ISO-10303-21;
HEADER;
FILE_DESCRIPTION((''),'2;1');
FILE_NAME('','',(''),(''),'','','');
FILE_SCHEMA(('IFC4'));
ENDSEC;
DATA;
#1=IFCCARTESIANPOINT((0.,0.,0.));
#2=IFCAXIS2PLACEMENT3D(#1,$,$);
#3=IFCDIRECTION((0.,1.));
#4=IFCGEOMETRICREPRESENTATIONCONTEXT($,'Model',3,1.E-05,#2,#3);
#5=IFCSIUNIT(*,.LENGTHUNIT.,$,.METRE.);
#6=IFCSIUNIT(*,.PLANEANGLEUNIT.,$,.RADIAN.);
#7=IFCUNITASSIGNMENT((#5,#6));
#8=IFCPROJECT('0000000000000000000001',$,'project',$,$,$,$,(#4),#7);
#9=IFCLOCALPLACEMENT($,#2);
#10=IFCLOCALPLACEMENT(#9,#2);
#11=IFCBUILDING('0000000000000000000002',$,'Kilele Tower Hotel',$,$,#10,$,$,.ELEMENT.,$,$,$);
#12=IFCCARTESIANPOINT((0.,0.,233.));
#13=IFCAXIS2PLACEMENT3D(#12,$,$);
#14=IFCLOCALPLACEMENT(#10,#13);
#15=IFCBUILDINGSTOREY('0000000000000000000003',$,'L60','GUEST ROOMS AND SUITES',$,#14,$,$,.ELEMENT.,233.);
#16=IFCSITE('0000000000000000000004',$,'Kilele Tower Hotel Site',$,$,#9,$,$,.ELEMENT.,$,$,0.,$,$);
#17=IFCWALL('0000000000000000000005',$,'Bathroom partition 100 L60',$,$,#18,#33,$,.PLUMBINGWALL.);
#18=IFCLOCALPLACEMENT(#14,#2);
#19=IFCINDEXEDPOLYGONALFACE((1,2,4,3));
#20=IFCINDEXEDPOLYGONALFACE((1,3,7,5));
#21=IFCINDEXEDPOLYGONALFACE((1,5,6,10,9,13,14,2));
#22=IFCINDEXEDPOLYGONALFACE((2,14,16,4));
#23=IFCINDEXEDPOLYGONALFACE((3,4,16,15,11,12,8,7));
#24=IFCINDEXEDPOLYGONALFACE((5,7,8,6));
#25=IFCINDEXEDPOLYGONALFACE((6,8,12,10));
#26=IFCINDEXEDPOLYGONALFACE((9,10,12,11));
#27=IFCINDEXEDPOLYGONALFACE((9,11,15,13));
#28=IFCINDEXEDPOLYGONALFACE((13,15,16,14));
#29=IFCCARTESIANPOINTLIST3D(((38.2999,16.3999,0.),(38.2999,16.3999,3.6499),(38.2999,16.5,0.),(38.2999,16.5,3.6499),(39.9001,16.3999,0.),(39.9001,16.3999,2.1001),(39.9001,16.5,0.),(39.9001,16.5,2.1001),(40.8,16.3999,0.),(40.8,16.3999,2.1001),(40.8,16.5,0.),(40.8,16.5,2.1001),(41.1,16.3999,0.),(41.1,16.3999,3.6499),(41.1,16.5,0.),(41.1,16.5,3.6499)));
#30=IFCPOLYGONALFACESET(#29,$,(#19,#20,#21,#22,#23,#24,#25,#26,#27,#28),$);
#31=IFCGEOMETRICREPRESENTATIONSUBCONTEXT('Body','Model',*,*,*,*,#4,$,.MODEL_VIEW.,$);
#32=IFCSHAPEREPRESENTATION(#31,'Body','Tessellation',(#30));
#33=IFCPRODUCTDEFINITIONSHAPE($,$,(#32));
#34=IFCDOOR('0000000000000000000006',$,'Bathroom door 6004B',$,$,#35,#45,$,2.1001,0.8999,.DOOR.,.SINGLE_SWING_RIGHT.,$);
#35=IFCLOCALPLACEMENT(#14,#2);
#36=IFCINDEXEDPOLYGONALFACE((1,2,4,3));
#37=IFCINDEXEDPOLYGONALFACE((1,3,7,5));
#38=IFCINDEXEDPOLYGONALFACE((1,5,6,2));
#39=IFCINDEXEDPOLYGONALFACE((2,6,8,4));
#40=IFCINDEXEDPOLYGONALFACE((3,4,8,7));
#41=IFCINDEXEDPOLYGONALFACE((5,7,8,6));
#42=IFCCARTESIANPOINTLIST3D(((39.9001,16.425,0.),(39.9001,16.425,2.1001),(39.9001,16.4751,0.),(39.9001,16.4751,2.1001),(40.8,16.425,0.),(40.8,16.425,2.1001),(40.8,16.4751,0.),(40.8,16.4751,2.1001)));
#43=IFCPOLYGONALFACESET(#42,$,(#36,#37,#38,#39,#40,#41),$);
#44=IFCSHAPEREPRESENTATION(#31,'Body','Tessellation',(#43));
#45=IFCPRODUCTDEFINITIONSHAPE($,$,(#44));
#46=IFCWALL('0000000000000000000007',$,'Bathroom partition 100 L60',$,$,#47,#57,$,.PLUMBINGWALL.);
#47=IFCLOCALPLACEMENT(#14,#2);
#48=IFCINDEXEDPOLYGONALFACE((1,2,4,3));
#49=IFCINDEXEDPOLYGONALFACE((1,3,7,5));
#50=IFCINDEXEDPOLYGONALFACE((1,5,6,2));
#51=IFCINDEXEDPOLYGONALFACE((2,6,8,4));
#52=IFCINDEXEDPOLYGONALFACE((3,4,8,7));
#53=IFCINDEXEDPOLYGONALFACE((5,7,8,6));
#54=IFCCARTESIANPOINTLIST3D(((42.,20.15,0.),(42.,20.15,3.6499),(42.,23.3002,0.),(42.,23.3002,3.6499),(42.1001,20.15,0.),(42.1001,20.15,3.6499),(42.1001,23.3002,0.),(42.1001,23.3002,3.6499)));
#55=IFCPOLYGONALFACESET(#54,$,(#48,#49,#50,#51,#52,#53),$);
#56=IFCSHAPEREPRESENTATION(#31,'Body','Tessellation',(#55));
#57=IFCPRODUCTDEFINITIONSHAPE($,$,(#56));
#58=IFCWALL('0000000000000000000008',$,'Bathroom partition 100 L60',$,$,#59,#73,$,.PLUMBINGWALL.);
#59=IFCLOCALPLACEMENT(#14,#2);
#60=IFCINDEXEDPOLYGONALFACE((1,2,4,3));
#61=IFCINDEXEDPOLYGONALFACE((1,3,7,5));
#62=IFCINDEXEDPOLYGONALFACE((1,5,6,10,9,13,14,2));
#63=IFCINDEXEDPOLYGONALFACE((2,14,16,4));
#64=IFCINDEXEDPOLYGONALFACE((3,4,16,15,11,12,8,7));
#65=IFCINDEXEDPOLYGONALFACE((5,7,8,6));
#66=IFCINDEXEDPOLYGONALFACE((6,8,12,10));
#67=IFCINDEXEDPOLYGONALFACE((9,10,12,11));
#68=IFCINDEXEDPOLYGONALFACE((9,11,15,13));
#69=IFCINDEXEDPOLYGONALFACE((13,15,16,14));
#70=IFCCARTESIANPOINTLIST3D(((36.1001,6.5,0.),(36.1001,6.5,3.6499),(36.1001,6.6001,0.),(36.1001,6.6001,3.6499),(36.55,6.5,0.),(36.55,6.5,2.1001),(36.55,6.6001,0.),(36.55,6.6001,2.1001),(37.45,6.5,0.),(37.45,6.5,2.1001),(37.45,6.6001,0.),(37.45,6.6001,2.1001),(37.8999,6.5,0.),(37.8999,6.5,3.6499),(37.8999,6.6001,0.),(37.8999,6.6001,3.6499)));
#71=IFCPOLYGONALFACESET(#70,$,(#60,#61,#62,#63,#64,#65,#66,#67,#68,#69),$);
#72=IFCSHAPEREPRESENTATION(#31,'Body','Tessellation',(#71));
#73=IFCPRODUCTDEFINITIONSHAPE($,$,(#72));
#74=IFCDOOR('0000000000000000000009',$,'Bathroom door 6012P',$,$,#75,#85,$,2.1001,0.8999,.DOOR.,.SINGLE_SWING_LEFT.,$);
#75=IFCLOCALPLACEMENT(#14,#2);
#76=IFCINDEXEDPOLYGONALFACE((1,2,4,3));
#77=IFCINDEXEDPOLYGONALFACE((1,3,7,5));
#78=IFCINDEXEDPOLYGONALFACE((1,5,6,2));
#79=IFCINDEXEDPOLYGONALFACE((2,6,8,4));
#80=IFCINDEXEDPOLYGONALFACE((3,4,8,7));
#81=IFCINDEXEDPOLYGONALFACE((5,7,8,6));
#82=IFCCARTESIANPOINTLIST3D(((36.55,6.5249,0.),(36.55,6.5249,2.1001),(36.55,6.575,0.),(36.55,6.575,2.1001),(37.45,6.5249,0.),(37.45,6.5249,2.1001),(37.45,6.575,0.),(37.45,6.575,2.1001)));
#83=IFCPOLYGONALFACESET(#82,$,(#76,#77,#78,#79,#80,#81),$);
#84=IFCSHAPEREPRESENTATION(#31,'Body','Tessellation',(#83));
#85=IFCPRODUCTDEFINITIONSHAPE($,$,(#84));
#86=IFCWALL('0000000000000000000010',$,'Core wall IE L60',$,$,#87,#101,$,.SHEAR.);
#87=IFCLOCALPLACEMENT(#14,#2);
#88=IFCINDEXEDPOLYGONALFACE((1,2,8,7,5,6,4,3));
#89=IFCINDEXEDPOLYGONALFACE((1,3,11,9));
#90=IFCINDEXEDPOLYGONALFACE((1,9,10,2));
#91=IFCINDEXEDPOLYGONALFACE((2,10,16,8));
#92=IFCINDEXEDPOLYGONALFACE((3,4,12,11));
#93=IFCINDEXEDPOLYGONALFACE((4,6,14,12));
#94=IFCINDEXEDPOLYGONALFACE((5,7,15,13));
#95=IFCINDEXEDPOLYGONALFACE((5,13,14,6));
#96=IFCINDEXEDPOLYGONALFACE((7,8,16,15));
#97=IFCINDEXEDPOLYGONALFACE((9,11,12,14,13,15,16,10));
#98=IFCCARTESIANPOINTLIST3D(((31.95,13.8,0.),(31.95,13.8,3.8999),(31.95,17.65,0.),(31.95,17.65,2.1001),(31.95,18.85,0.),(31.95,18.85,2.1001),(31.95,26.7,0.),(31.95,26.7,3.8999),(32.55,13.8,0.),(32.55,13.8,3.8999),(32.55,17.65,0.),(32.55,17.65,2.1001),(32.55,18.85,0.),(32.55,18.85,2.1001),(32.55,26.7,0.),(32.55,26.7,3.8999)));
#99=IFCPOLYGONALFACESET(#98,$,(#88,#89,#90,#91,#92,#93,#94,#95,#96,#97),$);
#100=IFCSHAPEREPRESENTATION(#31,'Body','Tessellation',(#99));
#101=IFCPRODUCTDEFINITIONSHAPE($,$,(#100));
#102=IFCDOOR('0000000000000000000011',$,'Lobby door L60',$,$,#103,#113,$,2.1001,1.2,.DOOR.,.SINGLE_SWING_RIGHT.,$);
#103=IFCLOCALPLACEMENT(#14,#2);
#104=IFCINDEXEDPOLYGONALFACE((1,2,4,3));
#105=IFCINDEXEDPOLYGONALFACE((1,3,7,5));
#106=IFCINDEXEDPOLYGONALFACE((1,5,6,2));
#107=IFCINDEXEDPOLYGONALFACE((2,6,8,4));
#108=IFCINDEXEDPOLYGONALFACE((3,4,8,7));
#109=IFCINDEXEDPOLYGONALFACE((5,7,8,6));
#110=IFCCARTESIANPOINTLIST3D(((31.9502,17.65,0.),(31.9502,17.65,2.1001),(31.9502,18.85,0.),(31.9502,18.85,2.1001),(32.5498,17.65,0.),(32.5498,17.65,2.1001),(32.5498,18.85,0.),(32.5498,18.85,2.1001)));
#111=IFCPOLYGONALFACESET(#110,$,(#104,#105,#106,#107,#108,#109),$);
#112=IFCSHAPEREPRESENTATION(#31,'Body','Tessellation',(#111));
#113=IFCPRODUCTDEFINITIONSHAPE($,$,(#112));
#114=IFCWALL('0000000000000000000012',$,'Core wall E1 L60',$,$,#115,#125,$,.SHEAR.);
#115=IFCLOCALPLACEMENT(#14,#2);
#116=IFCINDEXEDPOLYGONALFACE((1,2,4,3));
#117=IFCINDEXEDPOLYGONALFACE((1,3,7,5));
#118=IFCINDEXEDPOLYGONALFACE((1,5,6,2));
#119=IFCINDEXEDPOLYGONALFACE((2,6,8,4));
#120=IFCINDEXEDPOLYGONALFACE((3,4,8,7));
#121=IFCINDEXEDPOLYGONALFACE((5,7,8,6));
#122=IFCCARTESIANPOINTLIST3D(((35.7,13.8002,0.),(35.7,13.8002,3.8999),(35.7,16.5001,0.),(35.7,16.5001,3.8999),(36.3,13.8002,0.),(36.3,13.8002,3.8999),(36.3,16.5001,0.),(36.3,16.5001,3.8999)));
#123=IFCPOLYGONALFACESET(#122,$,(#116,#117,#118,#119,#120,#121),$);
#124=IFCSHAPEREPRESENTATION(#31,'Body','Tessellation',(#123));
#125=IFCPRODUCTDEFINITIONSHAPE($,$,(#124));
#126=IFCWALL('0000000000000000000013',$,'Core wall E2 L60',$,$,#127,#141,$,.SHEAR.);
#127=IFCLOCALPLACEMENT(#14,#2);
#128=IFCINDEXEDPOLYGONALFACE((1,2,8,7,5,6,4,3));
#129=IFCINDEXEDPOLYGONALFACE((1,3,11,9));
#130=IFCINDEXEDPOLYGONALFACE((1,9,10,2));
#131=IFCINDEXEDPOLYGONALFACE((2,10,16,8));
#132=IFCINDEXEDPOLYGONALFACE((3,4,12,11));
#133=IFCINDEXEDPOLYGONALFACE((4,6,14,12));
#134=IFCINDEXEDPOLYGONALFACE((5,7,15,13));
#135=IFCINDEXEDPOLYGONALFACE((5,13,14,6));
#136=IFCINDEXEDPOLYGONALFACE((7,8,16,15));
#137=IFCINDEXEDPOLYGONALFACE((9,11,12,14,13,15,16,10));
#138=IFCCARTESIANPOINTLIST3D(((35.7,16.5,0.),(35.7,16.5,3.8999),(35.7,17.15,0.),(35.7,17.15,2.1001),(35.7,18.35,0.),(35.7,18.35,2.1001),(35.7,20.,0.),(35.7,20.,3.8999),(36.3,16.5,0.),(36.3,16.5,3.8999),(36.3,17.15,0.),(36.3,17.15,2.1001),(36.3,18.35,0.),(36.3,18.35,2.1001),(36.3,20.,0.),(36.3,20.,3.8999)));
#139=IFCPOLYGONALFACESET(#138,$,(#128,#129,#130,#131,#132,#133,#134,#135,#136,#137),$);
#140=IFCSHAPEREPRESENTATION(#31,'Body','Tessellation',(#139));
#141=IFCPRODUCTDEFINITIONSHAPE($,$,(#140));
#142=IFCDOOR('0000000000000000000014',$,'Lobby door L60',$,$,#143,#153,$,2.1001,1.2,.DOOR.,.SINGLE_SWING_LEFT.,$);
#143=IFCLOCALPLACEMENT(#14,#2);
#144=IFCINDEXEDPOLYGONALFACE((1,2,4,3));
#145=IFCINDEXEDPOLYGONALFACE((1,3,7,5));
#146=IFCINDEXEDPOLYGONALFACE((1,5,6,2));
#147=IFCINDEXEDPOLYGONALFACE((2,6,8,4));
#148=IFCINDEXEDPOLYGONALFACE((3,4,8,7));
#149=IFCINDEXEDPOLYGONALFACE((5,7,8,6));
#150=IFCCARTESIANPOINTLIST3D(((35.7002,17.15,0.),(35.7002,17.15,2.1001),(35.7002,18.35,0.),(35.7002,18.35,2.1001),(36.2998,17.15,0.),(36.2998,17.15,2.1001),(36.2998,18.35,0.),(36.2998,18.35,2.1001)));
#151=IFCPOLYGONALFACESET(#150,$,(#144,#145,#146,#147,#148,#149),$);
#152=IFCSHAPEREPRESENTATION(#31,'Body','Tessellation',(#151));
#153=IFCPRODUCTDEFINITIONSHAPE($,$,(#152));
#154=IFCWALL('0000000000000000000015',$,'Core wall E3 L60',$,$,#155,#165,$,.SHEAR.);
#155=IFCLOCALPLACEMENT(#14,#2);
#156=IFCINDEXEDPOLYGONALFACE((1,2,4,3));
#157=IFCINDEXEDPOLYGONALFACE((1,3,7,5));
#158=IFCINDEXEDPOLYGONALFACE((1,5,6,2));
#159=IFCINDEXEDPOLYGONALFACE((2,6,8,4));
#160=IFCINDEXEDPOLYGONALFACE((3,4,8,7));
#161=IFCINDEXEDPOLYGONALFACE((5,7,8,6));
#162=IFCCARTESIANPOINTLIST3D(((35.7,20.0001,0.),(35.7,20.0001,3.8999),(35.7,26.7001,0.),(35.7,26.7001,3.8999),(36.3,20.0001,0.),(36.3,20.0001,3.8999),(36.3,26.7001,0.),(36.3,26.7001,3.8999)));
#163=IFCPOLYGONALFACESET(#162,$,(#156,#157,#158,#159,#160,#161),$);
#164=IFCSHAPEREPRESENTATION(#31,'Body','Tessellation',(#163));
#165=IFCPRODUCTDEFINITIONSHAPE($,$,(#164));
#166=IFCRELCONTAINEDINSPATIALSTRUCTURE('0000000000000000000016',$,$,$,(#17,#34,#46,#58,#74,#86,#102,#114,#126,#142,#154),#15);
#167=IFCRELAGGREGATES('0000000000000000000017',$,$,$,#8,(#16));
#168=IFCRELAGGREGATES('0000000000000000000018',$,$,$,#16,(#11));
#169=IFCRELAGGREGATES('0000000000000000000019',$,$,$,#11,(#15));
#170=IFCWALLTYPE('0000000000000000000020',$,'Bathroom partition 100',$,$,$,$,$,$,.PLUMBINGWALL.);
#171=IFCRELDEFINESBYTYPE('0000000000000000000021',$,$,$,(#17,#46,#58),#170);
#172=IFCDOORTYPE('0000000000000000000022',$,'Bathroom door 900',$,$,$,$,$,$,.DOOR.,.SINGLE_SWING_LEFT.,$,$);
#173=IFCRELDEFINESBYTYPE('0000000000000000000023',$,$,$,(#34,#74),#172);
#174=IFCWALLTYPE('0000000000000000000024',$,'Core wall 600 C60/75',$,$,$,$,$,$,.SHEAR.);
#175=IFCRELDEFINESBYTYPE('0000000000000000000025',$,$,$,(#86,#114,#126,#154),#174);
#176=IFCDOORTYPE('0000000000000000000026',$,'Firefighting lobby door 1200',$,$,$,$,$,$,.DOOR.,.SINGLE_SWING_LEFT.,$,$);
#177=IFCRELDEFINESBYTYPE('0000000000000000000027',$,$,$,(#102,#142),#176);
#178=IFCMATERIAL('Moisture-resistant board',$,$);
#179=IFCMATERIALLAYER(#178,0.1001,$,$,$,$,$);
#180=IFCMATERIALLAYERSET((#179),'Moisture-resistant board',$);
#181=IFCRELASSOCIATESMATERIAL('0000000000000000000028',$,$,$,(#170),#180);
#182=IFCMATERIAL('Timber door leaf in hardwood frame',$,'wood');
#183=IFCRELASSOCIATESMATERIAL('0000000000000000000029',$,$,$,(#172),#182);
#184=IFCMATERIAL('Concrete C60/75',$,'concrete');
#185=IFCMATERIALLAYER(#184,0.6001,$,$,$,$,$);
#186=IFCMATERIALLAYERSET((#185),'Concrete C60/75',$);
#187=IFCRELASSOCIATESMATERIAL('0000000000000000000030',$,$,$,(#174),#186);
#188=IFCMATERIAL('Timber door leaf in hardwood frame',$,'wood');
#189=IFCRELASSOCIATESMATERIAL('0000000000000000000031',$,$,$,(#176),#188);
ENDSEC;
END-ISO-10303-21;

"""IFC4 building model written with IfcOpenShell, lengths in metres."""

from ifc_helpers import new_model, si_unit, direction, frame, frame_2d, origin, place, context, subcontext, project, spatial, rectangle, extrude, material, layer, layer_set, type_object, element, fill, save


model = new_model("IFC4")

# Units and contexts
model_context = context("Model", 3, precision=1e-05, world=origin(), true_north=direction((0.0, 1.0)))
body_context = subcontext(model_context, "Body", "Model", "MODEL_VIEW")
ifc_project = project(units=[si_unit("LENGTHUNIT", "METRE"), si_unit("PLANEANGLEUNIT", "RADIAN")], contexts=[model_context])

# Site, building, storey
site_placement = place(None, origin())
site = spatial("IfcSite", under=ifc_project, at=site_placement, Name="Kilele Tower Hotel Site", CompositionType="ELEMENT", RefElevation=0.0)
building_placement = place(site_placement, origin())
building = spatial("IfcBuilding", under=site, at=building_placement, Name="Kilele Tower Hotel", CompositionType="ELEMENT")
storey_placement = place(building_placement, frame((0.0, 0.0, 233.0)))
storey = spatial("IfcBuildingStorey", under=building, at=storey_placement, Name="L60", Description="GUEST ROOMS AND SUITES", CompositionType="ELEMENT", Elevation=233.0)

# Shared definitions
ifc_material_1 = material(Name="Moisture-resistant board")
ifc_layer_1 = layer(ifc_material_1, 0.1001)
ifc_layer_set_1 = layer_set([ifc_layer_1], Name="Moisture-resistant board")
wall_type_1 = type_object("IfcWallType", Name="Bathroom partition 100", PredefinedType="PLUMBINGWALL", material=ifc_layer_set_1)

# Shared definitions
ifc_material_2 = material(Name="Timber door leaf in hardwood frame", Category="wood")
door_type_1 = type_object("IfcDoorType", Name="Bathroom door 900", OperationType="SINGLE_SWING_LEFT", PredefinedType="DOOR", material=ifc_material_2)

# Wall, opening, door
wall_1_placement = place(storey_placement, frame((38.3, 16.45, 0.0), z_axis=(0.0, 0.0, 1.0), x_axis=(1.0, 0.0, 0.0)))
wall_1 = element("IfcWall", 1, at=wall_1_placement, inside=storey, type_object=wall_type_1, Name="Bathroom partition 100 L60", PredefinedType="PLUMBINGWALL", context=body_context, shape_type="SweptSolid", body=[
    extrude(rectangle(XDim=2.8, YDim=0.1001, at=frame_2d((1.3999, 0.0))), origin(), (0.0, 0.0, 1.0), 3.6499),
])
opening_1_placement = place(wall_1_placement, frame((2.5, 0.0, 0.0), z_axis=(0.0, 0.0, 1.0), x_axis=(-1.0, 0.0, 0.0)))
opening_1 = element("IfcOpeningElement", 2, at=opening_1_placement, cuts=wall_1, PredefinedType="OPENING", context=body_context, shape_type="SweptSolid", body=[
    extrude(rectangle(XDim=0.8999, YDim=2.1001, at=frame_2d((0.45, 1.05))), frame((0.0, 0.0601, 0.0), z_axis=(0.0, -1.0, 0.0), x_axis=(1.0, 0.0, 0.0)), (0.0, 0.0, 1.0), 0.1201),
])
door_1_placement = place(opening_1_placement, origin())
door_1 = element("IfcDoor", 3, at=door_1_placement, inside=storey, type_object=door_type_1, Name="Bathroom door 6004B", OperationType="SINGLE_SWING_RIGHT", OverallHeight=2.1001, OverallWidth=0.8999, PredefinedType="DOOR", context=body_context, shape_type="SweptSolid", body=[
    extrude(rectangle(XDim=0.8999, YDim=2.1001, at=frame_2d((0.45, 1.05))), frame((0.0, 0.0249, 0.0), z_axis=(0.0, -1.0, 0.0), x_axis=(1.0, 0.0, 0.0)), (0.0, 0.0, 1.0), 0.05),
])
fill(opening_1, door_1)

# Wall
wall_2_placement = place(storey_placement, frame((42.05, 20.1499, 0.0), z_axis=(0.0, 0.0, 1.0), x_axis=(0.0, 1.0, 0.0)))
element("IfcWall", 4, at=wall_2_placement, inside=storey, type_object=wall_type_1, Name="Bathroom partition 100 L60", PredefinedType="PLUMBINGWALL", context=body_context, shape_type="SweptSolid", body=[
    extrude(rectangle(XDim=3.1501, YDim=0.1001, at=frame_2d((1.5752, 0.0))), origin(), (0.0, 0.0, 1.0), 3.6499),
])

# Walls, openings, doors
wall_3_placement = place(storey_placement, frame((36.1001, 6.55, 0.0), z_axis=(0.0, 0.0, 1.0), x_axis=(1.0, 0.0, 0.0)))
wall_3 = element("IfcWall", 5, at=wall_3_placement, inside=storey, type_object=wall_type_1, Name="Bathroom partition 100 L60", PredefinedType="PLUMBINGWALL", context=body_context, shape_type="SweptSolid", body=[
    extrude(rectangle(XDim=1.7998, YDim=0.1001, at=frame_2d((0.8999, 0.0))), origin(), (0.0, 0.0, 1.0), 3.6499),
])
opening_2_placement = place(wall_3_placement, frame((0.45, 0.0, 0.0)))
opening_2 = element("IfcOpeningElement", 6, at=opening_2_placement, cuts=wall_3, PredefinedType="OPENING", context=body_context, shape_type="SweptSolid", body=[
    extrude(rectangle(XDim=0.8999, YDim=2.1001, at=frame_2d((0.45, 1.05))), frame((0.0, 0.0601, 0.0), z_axis=(0.0, -1.0, 0.0), x_axis=(1.0, 0.0, 0.0)), (0.0, 0.0, 1.0), 0.1201),
])
door_2_placement = place(opening_2_placement, origin())
door_2 = element("IfcDoor", 7, at=door_2_placement, inside=storey, type_object=door_type_1, Name="Bathroom door 6012P", OperationType="SINGLE_SWING_LEFT", OverallHeight=2.1001, OverallWidth=0.8999, PredefinedType="DOOR", context=body_context, shape_type="SweptSolid", body=[
    extrude(rectangle(XDim=0.8999, YDim=2.1001, at=frame_2d((0.45, 1.05))), frame((0.0, 0.0249, 0.0), z_axis=(0.0, -1.0, 0.0), x_axis=(1.0, 0.0, 0.0)), (0.0, 0.0, 1.0), 0.05),
])
fill(opening_2, door_2)
ifc_material_3 = material(Name="Concrete C60/75", Category="concrete")
ifc_layer_2 = layer(ifc_material_3, 0.6001)
ifc_layer_set_2 = layer_set([ifc_layer_2], Name="Concrete C60/75")
wall_type_2 = type_object("IfcWallType", Name="Core wall 600 C60/75", PredefinedType="SHEAR", material=ifc_layer_set_2)
wall_4_placement = place(storey_placement, frame((32.25, 13.8, 0.0), z_axis=(0.0, 0.0, 1.0), x_axis=(0.0, 1.0, 0.0)))
wall_4 = element("IfcWall", 8, at=wall_4_placement, inside=storey, type_object=wall_type_2, Name="Core wall IE L60", PredefinedType="SHEAR", context=body_context, shape_type="SweptSolid", body=[
    extrude(rectangle(XDim=12.8999, YDim=0.6001, at=frame_2d((6.45, 0.0))), origin(), (0.0, 0.0, 1.0), 3.8999),
])
opening_3_placement = place(wall_4_placement, frame((5.05, 0.0, 0.0), z_axis=(0.0, 0.0, 1.0), x_axis=(-1.0, 0.0, 0.0)))
opening_3 = element("IfcOpeningElement", 9, at=opening_3_placement, cuts=wall_4, PredefinedType="OPENING", context=body_context, shape_type="SweptSolid", body=[
    extrude(rectangle(XDim=1.2, YDim=2.1001, at=frame_2d((0.6001, 1.05))), frame((0.0, 0.3101, 0.0), z_axis=(0.0, -1.0, 0.0), x_axis=(1.0, 0.0, 0.0)), (0.0, 0.0, 1.0), 0.6201),
])
ifc_material_4 = material(Name="Timber door leaf in hardwood frame", Category="wood")
door_type_2 = type_object("IfcDoorType", Name="Firefighting lobby door 1200", OperationType="SINGLE_SWING_LEFT", PredefinedType="DOOR", material=ifc_material_4)
door_3_placement = place(opening_3_placement, origin())
door_3 = element("IfcDoor", 10, at=door_3_placement, inside=storey, type_object=door_type_2, Name="Lobby door L60", OperationType="SINGLE_SWING_RIGHT", OverallHeight=2.1001, OverallWidth=1.2, PredefinedType="DOOR", context=body_context, shape_type="SweptSolid", body=[
    extrude(rectangle(XDim=1.2, YDim=2.1001, at=frame_2d((0.6001, 1.05))), frame((0.0, 0.2998, 0.0), z_axis=(0.0, -1.0, 0.0), x_axis=(1.0, 0.0, 0.0)), (0.0, 0.0, 1.0), 0.5996),
])
fill(opening_3, door_3)

# Wall
wall_5_placement = place(storey_placement, frame((36.0, 13.8, 0.0), z_axis=(0.0, 0.0, 1.0), x_axis=(0.0, 1.0, 0.0)))
element("IfcWall", 11, at=wall_5_placement, inside=storey, type_object=wall_type_2, Name="Core wall E1 L60", PredefinedType="SHEAR", context=body_context, shape_type="SweptSolid", body=[
    extrude(rectangle(XDim=2.7, YDim=0.6001, at=frame_2d((1.3501, 0.0))), origin(), (0.0, 0.0, 1.0), 3.8999),
])

# Wall, opening, door
wall_6_placement = place(storey_placement, frame((36.0, 16.5, 0.0), z_axis=(0.0, 0.0, 1.0), x_axis=(0.0, 1.0, 0.0)))
wall_6 = element("IfcWall", 12, at=wall_6_placement, inside=storey, type_object=wall_type_2, Name="Core wall E2 L60", PredefinedType="SHEAR", context=body_context, shape_type="SweptSolid", body=[
    extrude(rectangle(XDim=3.5, YDim=0.6001, at=frame_2d((1.75, 0.0))), origin(), (0.0, 0.0, 1.0), 3.8999),
])
opening_4_placement = place(wall_6_placement, frame((0.6499, 0.0, 0.0)))
opening_4 = element("IfcOpeningElement", 13, at=opening_4_placement, cuts=wall_6, PredefinedType="OPENING", context=body_context, shape_type="SweptSolid", body=[
    extrude(rectangle(XDim=1.2, YDim=2.1001, at=frame_2d((0.6001, 1.05))), frame((0.0, 0.3101, 0.0), z_axis=(0.0, -1.0, 0.0), x_axis=(1.0, 0.0, 0.0)), (0.0, 0.0, 1.0), 0.6201),
])
door_4_placement = place(opening_4_placement, origin())
door_4 = element("IfcDoor", 14, at=door_4_placement, inside=storey, type_object=door_type_2, Name="Lobby door L60", OperationType="SINGLE_SWING_LEFT", OverallHeight=2.1001, OverallWidth=1.2, PredefinedType="DOOR", context=body_context, shape_type="SweptSolid", body=[
    extrude(rectangle(XDim=1.2, YDim=2.1001, at=frame_2d((0.6001, 1.05))), frame((0.0, 0.2998, 0.0), z_axis=(0.0, -1.0, 0.0), x_axis=(1.0, 0.0, 0.0)), (0.0, 0.0, 1.0), 0.5996),
])
fill(opening_4, door_4)

# Wall
wall_7_placement = place(storey_placement, frame((36.0, 20.0, 0.0), z_axis=(0.0, 0.0, 1.0), x_axis=(0.0, 1.0, 0.0)))
element("IfcWall", 15, at=wall_7_placement, inside=storey, type_object=wall_type_2, Name="Core wall E3 L60", PredefinedType="SHEAR", context=body_context, shape_type="SweptSolid", body=[
    extrude(rectangle(XDim=6.7, YDim=0.6001, at=frame_2d((3.3501, 0.0))), origin(), (0.0, 0.0, 1.0), 3.8999),
])

save(model, "model.ifc")
